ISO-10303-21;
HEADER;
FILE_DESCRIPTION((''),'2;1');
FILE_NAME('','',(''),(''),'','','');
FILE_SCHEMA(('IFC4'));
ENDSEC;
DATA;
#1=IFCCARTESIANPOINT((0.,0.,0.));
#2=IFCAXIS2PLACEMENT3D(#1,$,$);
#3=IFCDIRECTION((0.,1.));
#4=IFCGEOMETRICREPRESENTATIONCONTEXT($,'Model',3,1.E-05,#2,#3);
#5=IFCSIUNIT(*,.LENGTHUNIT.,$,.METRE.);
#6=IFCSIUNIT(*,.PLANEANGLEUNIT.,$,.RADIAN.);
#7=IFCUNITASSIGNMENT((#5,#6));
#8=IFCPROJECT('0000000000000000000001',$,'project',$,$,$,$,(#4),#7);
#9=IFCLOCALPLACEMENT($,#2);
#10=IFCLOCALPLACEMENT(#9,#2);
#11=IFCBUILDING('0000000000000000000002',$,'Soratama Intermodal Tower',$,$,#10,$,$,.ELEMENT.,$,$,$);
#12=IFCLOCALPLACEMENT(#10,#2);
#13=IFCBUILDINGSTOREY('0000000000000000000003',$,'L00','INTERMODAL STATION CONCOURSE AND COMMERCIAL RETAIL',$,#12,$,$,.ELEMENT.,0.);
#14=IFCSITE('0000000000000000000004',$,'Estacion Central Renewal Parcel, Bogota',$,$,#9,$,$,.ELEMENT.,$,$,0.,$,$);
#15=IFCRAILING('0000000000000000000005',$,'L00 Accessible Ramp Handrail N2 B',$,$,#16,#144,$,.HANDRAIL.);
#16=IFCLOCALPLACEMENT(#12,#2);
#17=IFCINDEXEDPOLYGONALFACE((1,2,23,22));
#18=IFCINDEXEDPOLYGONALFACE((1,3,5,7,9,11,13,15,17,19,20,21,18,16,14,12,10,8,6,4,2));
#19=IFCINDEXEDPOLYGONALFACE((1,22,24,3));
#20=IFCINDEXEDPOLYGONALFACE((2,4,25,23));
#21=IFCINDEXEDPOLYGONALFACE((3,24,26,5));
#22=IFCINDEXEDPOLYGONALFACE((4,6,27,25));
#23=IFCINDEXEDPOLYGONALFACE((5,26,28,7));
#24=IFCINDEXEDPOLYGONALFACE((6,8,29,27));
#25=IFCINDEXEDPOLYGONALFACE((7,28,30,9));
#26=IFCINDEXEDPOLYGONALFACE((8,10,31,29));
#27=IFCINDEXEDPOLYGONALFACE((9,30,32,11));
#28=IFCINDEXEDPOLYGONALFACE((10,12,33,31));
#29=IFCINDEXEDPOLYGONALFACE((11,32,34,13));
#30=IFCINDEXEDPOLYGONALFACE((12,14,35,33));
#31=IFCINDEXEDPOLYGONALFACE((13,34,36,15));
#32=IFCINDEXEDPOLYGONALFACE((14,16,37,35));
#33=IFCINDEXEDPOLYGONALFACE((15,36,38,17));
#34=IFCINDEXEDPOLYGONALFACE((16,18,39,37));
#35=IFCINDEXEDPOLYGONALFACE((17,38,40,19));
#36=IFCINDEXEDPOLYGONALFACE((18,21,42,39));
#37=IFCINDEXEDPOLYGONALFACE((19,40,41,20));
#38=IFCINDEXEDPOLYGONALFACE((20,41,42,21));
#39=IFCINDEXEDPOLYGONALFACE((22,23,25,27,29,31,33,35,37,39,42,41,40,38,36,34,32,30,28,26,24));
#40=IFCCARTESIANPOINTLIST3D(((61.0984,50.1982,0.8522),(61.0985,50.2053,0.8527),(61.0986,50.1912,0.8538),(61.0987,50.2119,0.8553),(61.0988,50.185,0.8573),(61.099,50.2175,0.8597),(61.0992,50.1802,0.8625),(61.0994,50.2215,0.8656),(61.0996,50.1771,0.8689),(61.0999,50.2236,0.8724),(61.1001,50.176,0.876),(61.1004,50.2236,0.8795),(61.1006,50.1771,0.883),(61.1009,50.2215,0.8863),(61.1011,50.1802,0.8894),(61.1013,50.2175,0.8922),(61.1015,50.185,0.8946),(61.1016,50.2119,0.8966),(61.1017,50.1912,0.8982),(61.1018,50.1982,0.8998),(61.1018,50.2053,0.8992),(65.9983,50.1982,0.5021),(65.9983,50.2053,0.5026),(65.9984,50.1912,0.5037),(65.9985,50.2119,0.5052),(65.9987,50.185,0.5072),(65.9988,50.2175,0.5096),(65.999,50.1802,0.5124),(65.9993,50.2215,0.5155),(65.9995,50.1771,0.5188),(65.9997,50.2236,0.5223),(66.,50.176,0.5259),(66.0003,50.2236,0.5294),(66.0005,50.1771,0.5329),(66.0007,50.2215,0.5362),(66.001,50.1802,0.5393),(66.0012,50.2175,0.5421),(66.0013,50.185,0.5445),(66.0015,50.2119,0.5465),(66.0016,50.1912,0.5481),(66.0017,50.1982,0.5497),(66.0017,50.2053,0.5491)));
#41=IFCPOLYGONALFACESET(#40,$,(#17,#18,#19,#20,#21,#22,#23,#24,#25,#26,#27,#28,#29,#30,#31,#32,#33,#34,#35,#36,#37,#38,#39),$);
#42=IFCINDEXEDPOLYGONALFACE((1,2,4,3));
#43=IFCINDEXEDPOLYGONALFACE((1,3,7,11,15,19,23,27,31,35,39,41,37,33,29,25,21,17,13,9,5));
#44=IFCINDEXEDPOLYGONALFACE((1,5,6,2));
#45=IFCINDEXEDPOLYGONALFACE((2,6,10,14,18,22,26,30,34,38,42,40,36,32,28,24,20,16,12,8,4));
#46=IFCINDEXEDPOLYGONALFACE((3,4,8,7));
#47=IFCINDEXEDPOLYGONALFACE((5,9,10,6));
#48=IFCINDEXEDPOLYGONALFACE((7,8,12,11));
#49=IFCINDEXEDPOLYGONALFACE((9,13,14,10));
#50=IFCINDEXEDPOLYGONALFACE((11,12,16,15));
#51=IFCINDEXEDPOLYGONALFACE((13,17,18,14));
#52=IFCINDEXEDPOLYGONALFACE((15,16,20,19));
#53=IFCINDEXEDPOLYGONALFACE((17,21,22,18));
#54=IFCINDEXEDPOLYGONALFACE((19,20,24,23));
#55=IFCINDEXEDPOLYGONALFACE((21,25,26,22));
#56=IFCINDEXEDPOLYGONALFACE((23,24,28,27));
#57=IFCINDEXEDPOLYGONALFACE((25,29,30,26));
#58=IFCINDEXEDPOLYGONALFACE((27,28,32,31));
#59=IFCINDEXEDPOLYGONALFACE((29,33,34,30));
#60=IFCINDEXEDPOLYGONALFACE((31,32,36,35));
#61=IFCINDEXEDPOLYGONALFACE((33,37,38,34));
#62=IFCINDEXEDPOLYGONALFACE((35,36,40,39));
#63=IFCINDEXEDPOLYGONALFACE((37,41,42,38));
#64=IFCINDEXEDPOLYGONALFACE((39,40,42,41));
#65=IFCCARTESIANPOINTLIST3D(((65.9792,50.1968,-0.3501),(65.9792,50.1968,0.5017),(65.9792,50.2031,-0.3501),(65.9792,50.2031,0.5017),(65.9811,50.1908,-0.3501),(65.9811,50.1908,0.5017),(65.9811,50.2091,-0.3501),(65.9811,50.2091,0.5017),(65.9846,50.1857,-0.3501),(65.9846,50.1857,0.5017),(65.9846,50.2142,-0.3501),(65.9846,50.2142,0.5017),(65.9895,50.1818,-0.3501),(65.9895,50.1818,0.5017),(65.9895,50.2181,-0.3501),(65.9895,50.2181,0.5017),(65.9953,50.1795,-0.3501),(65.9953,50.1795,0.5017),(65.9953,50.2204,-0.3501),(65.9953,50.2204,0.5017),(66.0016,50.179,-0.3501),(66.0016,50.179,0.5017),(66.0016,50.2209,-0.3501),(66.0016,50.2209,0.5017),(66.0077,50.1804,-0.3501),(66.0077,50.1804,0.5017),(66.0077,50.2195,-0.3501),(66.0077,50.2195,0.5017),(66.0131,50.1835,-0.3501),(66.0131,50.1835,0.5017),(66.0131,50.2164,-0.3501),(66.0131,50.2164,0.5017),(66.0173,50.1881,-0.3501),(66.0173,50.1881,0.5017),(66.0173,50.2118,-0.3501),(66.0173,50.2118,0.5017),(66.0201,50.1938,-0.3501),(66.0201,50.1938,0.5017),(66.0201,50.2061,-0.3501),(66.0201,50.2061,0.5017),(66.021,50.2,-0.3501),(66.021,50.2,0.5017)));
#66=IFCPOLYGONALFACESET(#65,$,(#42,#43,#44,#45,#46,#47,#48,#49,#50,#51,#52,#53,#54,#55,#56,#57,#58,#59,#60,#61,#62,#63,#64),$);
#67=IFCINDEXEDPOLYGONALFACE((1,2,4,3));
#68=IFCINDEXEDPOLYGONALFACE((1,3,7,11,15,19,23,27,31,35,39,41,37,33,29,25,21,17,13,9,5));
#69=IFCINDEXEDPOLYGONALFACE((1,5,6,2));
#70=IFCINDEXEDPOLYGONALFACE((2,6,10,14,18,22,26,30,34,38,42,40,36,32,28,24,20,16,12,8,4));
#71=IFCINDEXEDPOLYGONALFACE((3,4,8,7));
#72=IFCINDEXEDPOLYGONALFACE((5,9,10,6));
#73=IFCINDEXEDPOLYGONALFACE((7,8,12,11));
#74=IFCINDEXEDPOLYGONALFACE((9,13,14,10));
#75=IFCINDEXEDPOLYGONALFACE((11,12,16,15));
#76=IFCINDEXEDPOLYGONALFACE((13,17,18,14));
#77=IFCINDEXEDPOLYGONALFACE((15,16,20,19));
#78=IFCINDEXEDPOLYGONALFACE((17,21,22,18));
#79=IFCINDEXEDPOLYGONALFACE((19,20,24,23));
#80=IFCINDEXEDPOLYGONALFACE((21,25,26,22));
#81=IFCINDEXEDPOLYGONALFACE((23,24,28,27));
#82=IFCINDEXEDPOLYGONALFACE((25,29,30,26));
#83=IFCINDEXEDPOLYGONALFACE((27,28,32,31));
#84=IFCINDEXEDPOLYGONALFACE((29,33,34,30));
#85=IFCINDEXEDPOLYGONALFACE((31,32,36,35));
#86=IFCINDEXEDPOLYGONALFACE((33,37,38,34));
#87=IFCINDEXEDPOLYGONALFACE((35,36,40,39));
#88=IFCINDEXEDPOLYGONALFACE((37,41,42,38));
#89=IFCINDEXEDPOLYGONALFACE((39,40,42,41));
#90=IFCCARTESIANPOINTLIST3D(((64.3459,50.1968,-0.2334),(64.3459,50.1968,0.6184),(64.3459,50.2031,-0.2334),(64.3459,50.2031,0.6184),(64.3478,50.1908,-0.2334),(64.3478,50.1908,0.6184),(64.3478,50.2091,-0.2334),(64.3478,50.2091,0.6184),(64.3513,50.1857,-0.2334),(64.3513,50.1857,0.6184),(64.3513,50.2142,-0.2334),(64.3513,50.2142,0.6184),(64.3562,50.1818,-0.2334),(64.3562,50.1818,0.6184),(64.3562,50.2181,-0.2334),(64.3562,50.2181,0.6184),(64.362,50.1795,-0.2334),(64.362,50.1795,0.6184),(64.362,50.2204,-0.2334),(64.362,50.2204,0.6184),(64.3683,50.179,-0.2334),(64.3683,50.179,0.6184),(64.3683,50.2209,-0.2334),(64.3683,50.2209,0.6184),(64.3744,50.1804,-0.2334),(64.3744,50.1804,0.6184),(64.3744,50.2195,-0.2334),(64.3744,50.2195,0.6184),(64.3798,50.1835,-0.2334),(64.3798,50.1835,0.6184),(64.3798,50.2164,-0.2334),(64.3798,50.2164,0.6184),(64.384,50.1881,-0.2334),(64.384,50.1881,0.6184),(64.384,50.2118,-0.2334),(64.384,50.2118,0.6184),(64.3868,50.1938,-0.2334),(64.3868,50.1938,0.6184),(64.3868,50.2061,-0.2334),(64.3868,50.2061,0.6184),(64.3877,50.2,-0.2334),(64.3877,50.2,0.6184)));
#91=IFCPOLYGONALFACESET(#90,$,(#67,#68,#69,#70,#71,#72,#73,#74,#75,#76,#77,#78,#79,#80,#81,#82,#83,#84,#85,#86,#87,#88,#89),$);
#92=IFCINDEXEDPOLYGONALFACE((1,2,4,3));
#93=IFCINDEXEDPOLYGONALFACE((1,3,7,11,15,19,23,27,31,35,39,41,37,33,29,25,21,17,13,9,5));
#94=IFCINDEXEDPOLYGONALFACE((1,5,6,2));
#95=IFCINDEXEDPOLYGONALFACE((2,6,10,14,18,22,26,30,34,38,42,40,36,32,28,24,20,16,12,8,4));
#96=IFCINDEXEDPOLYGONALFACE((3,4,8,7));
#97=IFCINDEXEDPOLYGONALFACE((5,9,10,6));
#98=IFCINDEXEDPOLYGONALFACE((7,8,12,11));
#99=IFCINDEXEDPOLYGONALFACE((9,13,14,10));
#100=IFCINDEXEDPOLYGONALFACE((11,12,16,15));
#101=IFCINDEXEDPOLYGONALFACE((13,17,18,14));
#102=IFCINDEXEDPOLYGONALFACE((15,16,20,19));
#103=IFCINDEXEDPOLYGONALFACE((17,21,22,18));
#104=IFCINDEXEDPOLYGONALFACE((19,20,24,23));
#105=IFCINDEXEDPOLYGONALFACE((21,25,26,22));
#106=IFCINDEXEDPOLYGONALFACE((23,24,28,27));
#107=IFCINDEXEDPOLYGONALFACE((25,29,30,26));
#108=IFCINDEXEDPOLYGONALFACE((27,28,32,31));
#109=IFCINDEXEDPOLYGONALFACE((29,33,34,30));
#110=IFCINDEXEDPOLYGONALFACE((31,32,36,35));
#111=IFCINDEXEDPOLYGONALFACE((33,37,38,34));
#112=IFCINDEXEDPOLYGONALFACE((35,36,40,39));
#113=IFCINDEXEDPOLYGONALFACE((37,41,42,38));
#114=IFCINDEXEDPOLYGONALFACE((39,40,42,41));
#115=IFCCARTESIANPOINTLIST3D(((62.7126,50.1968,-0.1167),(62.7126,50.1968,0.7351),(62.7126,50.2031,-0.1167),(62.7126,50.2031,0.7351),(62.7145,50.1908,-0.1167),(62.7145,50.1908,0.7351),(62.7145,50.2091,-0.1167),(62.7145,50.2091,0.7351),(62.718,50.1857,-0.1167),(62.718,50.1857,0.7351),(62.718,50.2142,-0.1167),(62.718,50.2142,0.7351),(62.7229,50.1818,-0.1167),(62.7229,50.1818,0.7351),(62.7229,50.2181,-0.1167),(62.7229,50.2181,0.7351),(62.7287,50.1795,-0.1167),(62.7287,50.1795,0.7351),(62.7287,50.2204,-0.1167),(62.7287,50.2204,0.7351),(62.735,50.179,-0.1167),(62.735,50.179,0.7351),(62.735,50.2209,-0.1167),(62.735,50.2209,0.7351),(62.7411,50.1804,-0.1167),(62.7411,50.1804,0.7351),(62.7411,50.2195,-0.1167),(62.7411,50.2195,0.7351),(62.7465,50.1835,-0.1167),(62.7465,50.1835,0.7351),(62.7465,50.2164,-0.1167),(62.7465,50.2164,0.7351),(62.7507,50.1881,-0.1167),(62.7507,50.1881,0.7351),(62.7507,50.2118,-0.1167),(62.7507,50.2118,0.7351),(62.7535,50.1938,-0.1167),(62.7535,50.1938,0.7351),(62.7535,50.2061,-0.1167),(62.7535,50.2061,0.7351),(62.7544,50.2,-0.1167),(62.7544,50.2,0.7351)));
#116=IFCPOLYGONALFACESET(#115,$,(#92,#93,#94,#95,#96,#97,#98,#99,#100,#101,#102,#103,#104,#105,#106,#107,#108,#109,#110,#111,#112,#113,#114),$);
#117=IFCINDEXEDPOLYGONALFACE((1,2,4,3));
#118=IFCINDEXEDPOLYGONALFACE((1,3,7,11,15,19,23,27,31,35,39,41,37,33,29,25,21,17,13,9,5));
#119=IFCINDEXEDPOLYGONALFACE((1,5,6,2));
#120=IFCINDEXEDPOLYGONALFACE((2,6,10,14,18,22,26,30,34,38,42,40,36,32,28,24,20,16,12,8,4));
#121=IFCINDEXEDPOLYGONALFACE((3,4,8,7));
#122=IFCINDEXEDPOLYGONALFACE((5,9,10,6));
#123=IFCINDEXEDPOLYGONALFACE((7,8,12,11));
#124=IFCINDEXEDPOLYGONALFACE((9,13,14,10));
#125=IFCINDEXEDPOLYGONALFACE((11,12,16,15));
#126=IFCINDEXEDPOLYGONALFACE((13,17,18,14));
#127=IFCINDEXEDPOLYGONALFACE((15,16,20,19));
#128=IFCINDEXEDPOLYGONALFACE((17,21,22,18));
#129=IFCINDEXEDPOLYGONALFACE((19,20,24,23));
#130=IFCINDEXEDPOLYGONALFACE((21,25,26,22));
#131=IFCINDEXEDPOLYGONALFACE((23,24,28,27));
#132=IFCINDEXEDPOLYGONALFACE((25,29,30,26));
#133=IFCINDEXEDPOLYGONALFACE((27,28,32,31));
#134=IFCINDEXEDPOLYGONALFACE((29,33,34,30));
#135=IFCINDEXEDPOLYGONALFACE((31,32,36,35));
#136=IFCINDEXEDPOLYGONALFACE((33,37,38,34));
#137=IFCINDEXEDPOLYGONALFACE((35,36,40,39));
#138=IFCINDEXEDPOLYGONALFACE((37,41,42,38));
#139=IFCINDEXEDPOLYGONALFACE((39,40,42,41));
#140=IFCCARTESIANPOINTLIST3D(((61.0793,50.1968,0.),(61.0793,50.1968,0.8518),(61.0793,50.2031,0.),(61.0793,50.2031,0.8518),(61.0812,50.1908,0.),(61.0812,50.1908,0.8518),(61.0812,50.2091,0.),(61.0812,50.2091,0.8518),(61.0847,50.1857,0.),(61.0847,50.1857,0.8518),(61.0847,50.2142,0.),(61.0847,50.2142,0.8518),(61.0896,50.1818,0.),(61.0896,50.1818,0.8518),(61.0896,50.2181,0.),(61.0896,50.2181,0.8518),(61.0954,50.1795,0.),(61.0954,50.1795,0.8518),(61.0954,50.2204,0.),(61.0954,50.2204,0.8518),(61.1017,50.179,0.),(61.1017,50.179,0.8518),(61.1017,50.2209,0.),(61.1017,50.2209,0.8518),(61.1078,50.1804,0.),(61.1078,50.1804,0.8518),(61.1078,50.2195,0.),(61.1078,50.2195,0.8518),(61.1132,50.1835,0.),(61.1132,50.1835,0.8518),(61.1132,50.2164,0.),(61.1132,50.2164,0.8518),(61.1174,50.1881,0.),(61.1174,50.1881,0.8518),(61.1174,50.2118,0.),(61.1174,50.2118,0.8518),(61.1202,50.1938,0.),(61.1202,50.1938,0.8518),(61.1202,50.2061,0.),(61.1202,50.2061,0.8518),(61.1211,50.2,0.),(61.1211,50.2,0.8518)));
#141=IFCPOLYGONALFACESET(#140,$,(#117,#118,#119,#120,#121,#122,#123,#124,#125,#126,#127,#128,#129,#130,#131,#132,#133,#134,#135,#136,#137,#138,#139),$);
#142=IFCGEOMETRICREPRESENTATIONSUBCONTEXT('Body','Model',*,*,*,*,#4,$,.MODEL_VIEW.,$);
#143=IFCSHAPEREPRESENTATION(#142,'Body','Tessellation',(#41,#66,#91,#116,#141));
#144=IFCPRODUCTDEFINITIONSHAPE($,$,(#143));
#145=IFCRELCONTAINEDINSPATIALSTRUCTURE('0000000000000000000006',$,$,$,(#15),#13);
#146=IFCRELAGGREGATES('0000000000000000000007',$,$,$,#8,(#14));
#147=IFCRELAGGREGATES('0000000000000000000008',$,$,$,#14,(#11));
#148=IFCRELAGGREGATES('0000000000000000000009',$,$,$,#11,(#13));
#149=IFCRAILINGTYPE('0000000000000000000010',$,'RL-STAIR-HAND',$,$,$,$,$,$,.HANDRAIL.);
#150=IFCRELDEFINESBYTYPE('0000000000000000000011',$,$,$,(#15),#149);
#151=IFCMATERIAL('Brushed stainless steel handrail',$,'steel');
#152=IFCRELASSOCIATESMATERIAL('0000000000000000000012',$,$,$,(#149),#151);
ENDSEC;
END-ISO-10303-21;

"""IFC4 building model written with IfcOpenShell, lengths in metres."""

from ifc_helpers import new_model, si_unit, direction, frame, origin, origin_2d, place, context, subcontext, project, spatial, circle, extrude, material, type_object, element, save


model = new_model("IFC4")

# Units and contexts
model_context = context("Model", 3, precision=1e-05, world=origin(), true_north=direction((0.0, 1.0)))
body_context = subcontext(model_context, "Body", "Model", "MODEL_VIEW")
ifc_project = project(units=[si_unit("LENGTHUNIT", "METRE"), si_unit("PLANEANGLEUNIT", "RADIAN")], contexts=[model_context])

# Site, building, storey
site_placement = place(None, origin())
site = spatial("IfcSite", under=ifc_project, at=site_placement, Name="Estacion Central Renewal Parcel, Bogota", CompositionType="ELEMENT", RefElevation=0.0)
building_placement = place(site_placement, origin())
building = spatial("IfcBuilding", under=site, at=building_placement, Name="Soratama Intermodal Tower", CompositionType="ELEMENT")
storey_placement = place(building_placement, origin())
storey = spatial("IfcBuildingStorey", under=building, at=storey_placement, Name="L00", Description="INTERMODAL STATION CONCOURSE AND COMMERCIAL RETAIL", CompositionType="ELEMENT", Elevation=0.0)

# Railing
ifc_material_1 = material(Name="Brushed stainless steel handrail", Category="steel")
railing_type_1 = type_object("IfcRailingType", Name="RL-STAIR-HAND", PredefinedType="HANDRAIL", material=ifc_material_1)
for number, where, name in (
    (1, (66.0, 50.2, -0.3501), "L00 Accessible Ramp Handrail N2 B"),
):
    element("IfcRailing", number, at=place(storey_placement, frame(where)), inside=storey, type_object=railing_type_1, Name=name, PredefinedType="HANDRAIL", context=body_context, shape_type="SweptSolid", body=[
        extrude(circle(Radius=0.0239, at=origin_2d()), frame((0.0, 0.0, 0.876), z_axis=(-0.997457, 0.0, 0.071268), x_axis=(0.0, -1.0, 0.0)), (0.0, 0.0, 1.0), 4.9124),
        extrude(circle(Radius=0.021, at=origin_2d()), origin(), (0.0, 0.0, 1.0), 0.8518),
        extrude(circle(Radius=0.021, at=origin_2d()), frame((-1.6333, 0.0, 0.1167)), (0.0, 0.0, 1.0), 0.8518),
        extrude(circle(Radius=0.021, at=origin_2d()), frame((-3.2666, 0.0, 0.2334)), (0.0, 0.0, 1.0), 0.8518),
        extrude(circle(Radius=0.021, at=origin_2d()), frame((-4.8999, 0.0, 0.3501)), (0.0, 0.0, 1.0), 0.8518),
    ])

save(model, "model.ifc")
